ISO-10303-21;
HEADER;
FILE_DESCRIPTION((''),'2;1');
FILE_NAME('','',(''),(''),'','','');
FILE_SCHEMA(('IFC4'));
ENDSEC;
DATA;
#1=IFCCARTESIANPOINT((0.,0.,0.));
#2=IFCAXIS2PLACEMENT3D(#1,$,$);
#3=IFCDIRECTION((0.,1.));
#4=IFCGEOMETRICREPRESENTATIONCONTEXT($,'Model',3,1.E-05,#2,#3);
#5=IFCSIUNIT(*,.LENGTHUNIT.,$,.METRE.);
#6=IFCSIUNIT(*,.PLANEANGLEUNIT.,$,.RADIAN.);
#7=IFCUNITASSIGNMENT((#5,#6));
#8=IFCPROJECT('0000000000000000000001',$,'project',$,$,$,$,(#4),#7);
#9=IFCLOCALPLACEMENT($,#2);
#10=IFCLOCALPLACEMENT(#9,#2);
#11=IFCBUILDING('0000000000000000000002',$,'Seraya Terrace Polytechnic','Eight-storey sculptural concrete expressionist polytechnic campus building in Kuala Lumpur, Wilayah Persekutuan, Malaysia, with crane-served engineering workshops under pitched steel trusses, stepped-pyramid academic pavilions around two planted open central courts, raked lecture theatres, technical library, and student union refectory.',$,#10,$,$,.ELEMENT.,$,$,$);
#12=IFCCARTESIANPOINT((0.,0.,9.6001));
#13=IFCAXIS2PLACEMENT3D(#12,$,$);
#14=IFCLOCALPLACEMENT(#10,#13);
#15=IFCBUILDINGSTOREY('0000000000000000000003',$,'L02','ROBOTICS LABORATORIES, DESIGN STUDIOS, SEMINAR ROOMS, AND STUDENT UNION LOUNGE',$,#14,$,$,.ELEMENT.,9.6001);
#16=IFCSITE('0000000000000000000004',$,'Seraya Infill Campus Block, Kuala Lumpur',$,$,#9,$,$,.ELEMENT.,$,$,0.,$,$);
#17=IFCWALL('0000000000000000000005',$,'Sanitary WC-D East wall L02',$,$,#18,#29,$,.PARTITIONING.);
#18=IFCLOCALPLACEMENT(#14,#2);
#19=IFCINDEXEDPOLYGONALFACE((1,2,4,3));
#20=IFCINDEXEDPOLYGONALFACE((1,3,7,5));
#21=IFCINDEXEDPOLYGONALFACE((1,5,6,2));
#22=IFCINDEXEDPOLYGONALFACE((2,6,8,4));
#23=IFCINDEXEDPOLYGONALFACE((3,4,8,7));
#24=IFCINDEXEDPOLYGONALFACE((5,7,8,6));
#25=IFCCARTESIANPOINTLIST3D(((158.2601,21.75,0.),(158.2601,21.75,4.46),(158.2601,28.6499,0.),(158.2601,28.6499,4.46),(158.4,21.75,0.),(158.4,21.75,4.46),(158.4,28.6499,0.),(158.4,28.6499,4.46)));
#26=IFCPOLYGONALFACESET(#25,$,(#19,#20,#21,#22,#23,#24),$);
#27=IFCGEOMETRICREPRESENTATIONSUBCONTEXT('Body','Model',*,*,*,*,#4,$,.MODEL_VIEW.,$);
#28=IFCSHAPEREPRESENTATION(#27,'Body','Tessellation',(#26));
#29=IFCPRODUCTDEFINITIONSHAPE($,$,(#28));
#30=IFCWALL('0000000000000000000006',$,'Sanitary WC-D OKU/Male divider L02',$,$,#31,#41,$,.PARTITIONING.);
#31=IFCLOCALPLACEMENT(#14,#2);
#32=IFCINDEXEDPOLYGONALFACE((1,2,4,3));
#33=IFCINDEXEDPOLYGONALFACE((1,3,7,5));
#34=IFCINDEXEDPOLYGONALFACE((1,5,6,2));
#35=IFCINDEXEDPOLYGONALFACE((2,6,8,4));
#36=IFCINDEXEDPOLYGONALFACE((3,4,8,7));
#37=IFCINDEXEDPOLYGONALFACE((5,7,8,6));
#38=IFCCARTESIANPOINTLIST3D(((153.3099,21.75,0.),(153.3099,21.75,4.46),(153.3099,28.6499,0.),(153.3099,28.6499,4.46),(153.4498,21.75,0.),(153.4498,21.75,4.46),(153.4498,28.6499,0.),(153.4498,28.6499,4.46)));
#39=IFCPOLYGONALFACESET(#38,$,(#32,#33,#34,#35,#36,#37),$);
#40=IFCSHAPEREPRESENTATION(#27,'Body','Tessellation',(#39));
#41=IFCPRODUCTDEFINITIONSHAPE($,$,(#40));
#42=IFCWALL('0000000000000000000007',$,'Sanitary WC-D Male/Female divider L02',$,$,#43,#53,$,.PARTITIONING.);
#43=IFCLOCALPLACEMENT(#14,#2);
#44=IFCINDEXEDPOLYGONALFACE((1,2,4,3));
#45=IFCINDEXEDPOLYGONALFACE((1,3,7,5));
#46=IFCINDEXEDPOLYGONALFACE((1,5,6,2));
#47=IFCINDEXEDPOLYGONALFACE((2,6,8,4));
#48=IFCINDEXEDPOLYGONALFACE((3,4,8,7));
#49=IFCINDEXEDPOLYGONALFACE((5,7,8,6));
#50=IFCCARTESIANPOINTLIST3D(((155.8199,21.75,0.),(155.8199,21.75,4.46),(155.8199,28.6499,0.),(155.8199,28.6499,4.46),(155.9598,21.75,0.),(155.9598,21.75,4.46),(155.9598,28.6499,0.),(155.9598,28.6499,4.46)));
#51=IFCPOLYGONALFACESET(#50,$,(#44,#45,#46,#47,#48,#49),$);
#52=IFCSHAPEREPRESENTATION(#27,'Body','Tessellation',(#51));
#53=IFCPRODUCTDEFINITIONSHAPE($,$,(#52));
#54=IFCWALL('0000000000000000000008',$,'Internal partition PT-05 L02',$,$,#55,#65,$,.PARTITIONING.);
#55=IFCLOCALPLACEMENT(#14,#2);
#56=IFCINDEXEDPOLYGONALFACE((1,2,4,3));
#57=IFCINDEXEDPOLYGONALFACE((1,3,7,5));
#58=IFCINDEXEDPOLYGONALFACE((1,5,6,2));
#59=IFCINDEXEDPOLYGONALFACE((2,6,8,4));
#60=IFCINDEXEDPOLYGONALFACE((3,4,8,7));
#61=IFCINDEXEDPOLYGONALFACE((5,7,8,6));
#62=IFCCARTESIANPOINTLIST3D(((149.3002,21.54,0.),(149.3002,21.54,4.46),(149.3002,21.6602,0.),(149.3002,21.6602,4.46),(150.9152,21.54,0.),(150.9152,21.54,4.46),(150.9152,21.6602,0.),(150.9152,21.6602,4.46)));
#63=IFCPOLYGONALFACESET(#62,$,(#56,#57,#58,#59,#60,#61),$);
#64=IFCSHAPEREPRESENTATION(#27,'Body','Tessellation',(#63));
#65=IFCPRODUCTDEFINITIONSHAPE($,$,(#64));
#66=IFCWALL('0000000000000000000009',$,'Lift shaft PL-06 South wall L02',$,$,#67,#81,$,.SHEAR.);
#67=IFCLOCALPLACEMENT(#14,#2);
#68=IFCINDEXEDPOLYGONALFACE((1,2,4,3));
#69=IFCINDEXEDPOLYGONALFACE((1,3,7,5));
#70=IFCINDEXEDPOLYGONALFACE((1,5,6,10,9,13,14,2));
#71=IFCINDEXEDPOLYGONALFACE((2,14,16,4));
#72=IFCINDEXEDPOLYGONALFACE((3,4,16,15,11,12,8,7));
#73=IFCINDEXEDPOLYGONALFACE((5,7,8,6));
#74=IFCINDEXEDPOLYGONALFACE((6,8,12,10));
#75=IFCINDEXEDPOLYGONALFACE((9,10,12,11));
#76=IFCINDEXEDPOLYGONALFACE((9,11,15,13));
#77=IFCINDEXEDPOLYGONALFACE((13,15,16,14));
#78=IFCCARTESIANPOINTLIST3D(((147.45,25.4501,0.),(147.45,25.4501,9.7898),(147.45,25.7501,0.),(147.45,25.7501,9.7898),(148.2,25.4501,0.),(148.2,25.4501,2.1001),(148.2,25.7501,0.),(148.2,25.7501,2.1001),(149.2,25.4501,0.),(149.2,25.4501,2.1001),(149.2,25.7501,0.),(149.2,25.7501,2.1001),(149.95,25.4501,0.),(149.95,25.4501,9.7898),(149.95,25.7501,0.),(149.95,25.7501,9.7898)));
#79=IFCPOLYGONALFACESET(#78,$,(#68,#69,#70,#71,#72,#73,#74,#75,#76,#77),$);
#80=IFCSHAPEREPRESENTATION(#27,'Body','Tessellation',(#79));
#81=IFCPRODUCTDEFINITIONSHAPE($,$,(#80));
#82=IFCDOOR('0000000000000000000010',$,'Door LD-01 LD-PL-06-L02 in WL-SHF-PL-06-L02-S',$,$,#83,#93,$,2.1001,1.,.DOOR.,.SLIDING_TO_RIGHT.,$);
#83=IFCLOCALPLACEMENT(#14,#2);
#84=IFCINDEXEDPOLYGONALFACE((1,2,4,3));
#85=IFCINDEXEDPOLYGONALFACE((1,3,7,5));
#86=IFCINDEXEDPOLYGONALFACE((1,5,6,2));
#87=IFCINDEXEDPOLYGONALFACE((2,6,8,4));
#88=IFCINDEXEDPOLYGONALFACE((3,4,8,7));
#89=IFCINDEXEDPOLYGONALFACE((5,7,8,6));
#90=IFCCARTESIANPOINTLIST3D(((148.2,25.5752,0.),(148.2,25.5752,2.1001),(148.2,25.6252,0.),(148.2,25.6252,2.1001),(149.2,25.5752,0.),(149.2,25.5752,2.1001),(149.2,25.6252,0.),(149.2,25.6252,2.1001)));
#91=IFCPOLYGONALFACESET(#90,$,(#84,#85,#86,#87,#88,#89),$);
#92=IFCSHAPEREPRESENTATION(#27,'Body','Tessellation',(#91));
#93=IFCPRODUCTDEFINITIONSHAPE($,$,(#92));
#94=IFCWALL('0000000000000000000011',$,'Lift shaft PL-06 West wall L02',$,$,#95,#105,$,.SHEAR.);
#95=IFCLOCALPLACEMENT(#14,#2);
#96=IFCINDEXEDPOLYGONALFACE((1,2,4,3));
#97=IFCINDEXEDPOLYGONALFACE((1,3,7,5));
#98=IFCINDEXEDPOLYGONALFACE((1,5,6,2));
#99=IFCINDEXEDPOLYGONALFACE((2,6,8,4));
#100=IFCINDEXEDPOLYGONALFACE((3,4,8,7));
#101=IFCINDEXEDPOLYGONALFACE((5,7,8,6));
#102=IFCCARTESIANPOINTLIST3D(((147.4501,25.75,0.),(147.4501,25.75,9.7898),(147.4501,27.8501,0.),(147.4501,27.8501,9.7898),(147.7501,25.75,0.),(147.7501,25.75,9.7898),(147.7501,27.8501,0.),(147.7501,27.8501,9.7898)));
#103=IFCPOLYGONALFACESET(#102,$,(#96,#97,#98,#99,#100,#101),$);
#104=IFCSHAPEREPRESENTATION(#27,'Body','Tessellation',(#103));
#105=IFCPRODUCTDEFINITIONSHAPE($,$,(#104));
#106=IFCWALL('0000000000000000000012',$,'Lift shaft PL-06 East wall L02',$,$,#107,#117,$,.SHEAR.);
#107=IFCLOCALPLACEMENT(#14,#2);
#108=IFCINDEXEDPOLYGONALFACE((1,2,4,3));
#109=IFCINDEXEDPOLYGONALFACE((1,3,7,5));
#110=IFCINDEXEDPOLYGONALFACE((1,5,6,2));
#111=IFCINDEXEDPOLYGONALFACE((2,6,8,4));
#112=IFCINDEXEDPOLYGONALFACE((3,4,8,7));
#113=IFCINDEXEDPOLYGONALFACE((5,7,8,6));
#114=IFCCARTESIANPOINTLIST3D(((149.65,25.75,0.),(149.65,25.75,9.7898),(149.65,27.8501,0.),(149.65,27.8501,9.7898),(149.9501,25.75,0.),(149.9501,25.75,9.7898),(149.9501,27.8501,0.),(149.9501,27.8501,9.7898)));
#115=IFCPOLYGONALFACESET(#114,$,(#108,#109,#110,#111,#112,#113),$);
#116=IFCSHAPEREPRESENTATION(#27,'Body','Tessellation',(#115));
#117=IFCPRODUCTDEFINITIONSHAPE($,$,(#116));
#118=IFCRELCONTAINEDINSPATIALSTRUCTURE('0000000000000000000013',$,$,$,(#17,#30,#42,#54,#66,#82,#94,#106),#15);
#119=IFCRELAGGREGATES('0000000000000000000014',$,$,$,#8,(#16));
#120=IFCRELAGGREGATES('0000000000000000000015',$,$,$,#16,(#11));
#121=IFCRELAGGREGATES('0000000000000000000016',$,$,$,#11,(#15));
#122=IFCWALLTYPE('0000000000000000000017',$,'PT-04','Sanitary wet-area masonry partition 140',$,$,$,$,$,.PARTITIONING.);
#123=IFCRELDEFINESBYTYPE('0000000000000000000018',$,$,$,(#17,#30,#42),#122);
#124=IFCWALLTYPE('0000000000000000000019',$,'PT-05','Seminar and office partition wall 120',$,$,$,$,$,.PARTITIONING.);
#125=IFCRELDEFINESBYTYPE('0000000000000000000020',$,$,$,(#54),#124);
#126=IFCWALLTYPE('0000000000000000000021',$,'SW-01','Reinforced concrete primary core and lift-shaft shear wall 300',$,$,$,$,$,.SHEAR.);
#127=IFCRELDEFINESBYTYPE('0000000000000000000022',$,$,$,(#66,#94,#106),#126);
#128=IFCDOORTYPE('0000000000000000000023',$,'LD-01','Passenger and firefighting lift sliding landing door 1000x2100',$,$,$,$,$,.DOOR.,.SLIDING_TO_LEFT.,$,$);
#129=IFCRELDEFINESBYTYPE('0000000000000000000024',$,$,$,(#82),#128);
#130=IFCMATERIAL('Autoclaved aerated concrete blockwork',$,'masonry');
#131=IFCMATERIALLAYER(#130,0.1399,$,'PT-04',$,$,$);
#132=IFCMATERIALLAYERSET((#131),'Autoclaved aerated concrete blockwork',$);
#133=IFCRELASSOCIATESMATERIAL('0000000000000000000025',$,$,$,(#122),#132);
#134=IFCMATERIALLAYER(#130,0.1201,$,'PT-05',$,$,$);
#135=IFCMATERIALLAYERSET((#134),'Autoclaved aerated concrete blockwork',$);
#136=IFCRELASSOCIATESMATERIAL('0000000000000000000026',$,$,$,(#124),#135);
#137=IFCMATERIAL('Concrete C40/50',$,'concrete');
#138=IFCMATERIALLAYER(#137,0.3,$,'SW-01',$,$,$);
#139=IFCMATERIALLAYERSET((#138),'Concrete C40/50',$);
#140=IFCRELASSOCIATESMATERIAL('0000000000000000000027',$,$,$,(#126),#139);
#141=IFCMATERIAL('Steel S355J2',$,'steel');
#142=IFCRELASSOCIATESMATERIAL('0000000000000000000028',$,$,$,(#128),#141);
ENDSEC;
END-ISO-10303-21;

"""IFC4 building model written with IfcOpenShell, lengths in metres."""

from ifc_helpers import new_model, si_unit, direction, frame, frame_2d, origin, place, context, subcontext, project, spatial, rectangle, extrude, material, layer, layer_set, type_object, element, fill, save


model = new_model("IFC4")

# Units and contexts
model_context = context("Model", 3, precision=1e-05, world=origin(), true_north=direction((0.0, 1.0)))
body_context = subcontext(model_context, "Body", "Model", "MODEL_VIEW")
ifc_project = project(units=[si_unit("LENGTHUNIT", "METRE"), si_unit("PLANEANGLEUNIT", "RADIAN")], contexts=[model_context])

# Site, building, storey
site_placement = place(None, origin())
site = spatial("IfcSite", under=ifc_project, at=site_placement, Name="Seraya Infill Campus Block, Kuala Lumpur", CompositionType="ELEMENT", RefElevation=0.0)
building_placement = place(site_placement, origin())
building = spatial("IfcBuilding", under=site, at=building_placement, Name="Seraya Terrace Polytechnic", Description="Eight-storey sculptural concrete expressionist polytechnic campus building in Kuala Lumpur, Wilayah Persekutuan, Malaysia, with crane-served engineering workshops under pitched steel trusses, stepped-pyramid academic pavilions around two planted open central courts, raked lecture theatres, technical library, and student union refectory.", CompositionType="ELEMENT")
storey_placement = place(building_placement, frame((0.0, 0.0, 9.6001)))
storey = spatial("IfcBuildingStorey", under=building, at=storey_placement, Name="L02", Description="ROBOTICS LABORATORIES, DESIGN STUDIOS, SEMINAR ROOMS, AND STUDENT UNION LOUNGE", CompositionType="ELEMENT", Elevation=9.6001)

# Shared definitions
ifc_material_1 = material(Name="Concrete C40/50", Category="concrete")

# Shared definitions
ifc_material_2 = material(Name="Autoclaved aerated concrete blockwork", Category="masonry")
ifc_layer_1 = layer(ifc_material_2, 0.1399, Name="PT-04")
ifc_layer_set_1 = layer_set([ifc_layer_1], Name="Autoclaved aerated concrete blockwork")
wall_type_1 = type_object("IfcWallType", Name="PT-04", Description="Sanitary wet-area masonry partition 140", PredefinedType="PARTITIONING", material=ifc_layer_set_1)

# Walls
for number, where, z_axis, x_axis, name in (
    (1, (158.3301, 21.75, 0.0), (0.0, 0.0, 1.0), (0.0, 1.0, 0.0), "Sanitary WC-D East wall L02"),
    (2, (153.3799, 21.75, 0.0), (0.0, 0.0, 1.0), (0.0, 1.0, 0.0), "Sanitary WC-D OKU/Male divider L02"),
    (3, (155.8899, 21.75, 0.0), (0.0, 0.0, 1.0), (0.0, 1.0, 0.0), "Sanitary WC-D Male/Female divider L02"),
):
    element("IfcWall", number, at=place(storey_placement, frame(where, z_axis=z_axis, x_axis=x_axis)), inside=storey, type_object=wall_type_1, Name=name, PredefinedType="PARTITIONING", context=body_context, shape_type="SweptSolid", body=[
        extrude(rectangle(XDim=6.8999, YDim=0.1399, at=frame_2d((3.45, 0.0))), origin(), (0.0, 0.0, 1.0), 4.46),
    ])
ifc_layer_2 = layer(ifc_material_2, 0.1201, Name="PT-05")
ifc_layer_set_2 = layer_set([ifc_layer_2], Name="Autoclaved aerated concrete blockwork")
wall_type_2 = type_object("IfcWallType", Name="PT-05", Description="Seminar and office partition wall 120", PredefinedType="PARTITIONING", material=ifc_layer_set_2)
wall_1_placement = place(storey_placement, frame((149.3, 21.6001, 0.0), z_axis=(0.0, 0.0, 1.0), x_axis=(1.0, 0.0, 0.0)))
element("IfcWall", 4, at=wall_1_placement, inside=storey, type_object=wall_type_2, Name="Internal partition PT-05 L02", PredefinedType="PARTITIONING", context=body_context, shape_type="SweptSolid", body=[
    extrude(rectangle(XDim=1.615, YDim=0.1201, at=frame_2d((0.8076, 0.0))), origin(), (0.0, 0.0, 1.0), 4.46),
])

# Wall, opening, door
ifc_layer_3 = layer(ifc_material_1, 0.3, Name="SW-01")
ifc_layer_set_3 = layer_set([ifc_layer_3], Name="Concrete C40/50")
wall_type_3 = type_object("IfcWallType", Name="SW-01", Description="Reinforced concrete primary core and lift-shaft shear wall 300", PredefinedType="SHEAR", material=ifc_layer_set_3)
wall_2_placement = place(storey_placement, frame((147.45, 25.6001, 0.0), z_axis=(0.0, 0.0, 1.0), x_axis=(1.0, 0.0, 0.0)))
wall_2 = element("IfcWall", 5, at=wall_2_placement, inside=storey, type_object=wall_type_3, Name="Lift shaft PL-06 South wall L02", PredefinedType="SHEAR", context=body_context, shape_type="SweptSolid", body=[
    extrude(rectangle(XDim=2.5, YDim=0.3, at=frame_2d((1.25, 0.0))), origin(), (0.0, 0.0, 1.0), 9.7898),
])
opening_1_placement = place(wall_2_placement, frame((0.75, 0.0, 0.0)))
opening_1 = element("IfcOpeningElement", 6, at=opening_1_placement, cuts=wall_2, PredefinedType="OPENING", context=body_context, shape_type="SweptSolid", body=[
    extrude(rectangle(XDim=1.0, YDim=2.1001, at=frame_2d((0.5, 1.05))), frame((0.0, 0.1621, 0.0), z_axis=(0.0, -1.0, 0.0), x_axis=(1.0, 0.0, 0.0)), (0.0, 0.0, 1.0), 0.324),
])
ifc_material_3 = material(Name="Steel S355J2", Category="steel")
door_type_1 = type_object("IfcDoorType", Name="LD-01", Description="Passenger and firefighting lift sliding landing door 1000x2100", OperationType="SLIDING_TO_LEFT", PredefinedType="DOOR", material=ifc_material_3)
door_1_placement = place(opening_1_placement, frame((1.0, 0.0, 0.0), z_axis=(0.0, 0.0, 1.0), x_axis=(-1.0, 0.0, 0.0)))
door_1 = element("IfcDoor", 7, at=door_1_placement, inside=storey, type_object=door_type_1, Name="Door LD-01 LD-PL-06-L02 in WL-SHF-PL-06-L02-S", OperationType="SLIDING_TO_RIGHT", OverallHeight=2.1001, OverallWidth=1.0, PredefinedType="DOOR", context=body_context, shape_type="SweptSolid", body=[
    extrude(rectangle(XDim=1.0, YDim=2.1001, at=frame_2d((0.5, 1.05))), frame((0.0, 0.0249, 0.0), z_axis=(0.0, -1.0, 0.0), x_axis=(1.0, 0.0, 0.0)), (0.0, 0.0, 1.0), 0.05),
])
fill(opening_1, door_1)

# Walls
for number, where, z_axis, x_axis, name in (
    (8, (147.6001, 25.75, 0.0), (0.0, 0.0, 1.0), (0.0, 1.0, 0.0), "Lift shaft PL-06 West wall L02"),
    (9, (149.8, 25.75, 0.0), (0.0, 0.0, 1.0), (0.0, 1.0, 0.0), "Lift shaft PL-06 East wall L02"),
):
    element("IfcWall", number, at=place(storey_placement, frame(where, z_axis=z_axis, x_axis=x_axis)), inside=storey, type_object=wall_type_3, Name=name, PredefinedType="SHEAR", context=body_context, shape_type="SweptSolid", body=[
        extrude(rectangle(XDim=2.1001, YDim=0.3, at=frame_2d((1.05, 0.0))), origin(), (0.0, 0.0, 1.0), 9.7898),
    ])

save(model, "model.ifc")
